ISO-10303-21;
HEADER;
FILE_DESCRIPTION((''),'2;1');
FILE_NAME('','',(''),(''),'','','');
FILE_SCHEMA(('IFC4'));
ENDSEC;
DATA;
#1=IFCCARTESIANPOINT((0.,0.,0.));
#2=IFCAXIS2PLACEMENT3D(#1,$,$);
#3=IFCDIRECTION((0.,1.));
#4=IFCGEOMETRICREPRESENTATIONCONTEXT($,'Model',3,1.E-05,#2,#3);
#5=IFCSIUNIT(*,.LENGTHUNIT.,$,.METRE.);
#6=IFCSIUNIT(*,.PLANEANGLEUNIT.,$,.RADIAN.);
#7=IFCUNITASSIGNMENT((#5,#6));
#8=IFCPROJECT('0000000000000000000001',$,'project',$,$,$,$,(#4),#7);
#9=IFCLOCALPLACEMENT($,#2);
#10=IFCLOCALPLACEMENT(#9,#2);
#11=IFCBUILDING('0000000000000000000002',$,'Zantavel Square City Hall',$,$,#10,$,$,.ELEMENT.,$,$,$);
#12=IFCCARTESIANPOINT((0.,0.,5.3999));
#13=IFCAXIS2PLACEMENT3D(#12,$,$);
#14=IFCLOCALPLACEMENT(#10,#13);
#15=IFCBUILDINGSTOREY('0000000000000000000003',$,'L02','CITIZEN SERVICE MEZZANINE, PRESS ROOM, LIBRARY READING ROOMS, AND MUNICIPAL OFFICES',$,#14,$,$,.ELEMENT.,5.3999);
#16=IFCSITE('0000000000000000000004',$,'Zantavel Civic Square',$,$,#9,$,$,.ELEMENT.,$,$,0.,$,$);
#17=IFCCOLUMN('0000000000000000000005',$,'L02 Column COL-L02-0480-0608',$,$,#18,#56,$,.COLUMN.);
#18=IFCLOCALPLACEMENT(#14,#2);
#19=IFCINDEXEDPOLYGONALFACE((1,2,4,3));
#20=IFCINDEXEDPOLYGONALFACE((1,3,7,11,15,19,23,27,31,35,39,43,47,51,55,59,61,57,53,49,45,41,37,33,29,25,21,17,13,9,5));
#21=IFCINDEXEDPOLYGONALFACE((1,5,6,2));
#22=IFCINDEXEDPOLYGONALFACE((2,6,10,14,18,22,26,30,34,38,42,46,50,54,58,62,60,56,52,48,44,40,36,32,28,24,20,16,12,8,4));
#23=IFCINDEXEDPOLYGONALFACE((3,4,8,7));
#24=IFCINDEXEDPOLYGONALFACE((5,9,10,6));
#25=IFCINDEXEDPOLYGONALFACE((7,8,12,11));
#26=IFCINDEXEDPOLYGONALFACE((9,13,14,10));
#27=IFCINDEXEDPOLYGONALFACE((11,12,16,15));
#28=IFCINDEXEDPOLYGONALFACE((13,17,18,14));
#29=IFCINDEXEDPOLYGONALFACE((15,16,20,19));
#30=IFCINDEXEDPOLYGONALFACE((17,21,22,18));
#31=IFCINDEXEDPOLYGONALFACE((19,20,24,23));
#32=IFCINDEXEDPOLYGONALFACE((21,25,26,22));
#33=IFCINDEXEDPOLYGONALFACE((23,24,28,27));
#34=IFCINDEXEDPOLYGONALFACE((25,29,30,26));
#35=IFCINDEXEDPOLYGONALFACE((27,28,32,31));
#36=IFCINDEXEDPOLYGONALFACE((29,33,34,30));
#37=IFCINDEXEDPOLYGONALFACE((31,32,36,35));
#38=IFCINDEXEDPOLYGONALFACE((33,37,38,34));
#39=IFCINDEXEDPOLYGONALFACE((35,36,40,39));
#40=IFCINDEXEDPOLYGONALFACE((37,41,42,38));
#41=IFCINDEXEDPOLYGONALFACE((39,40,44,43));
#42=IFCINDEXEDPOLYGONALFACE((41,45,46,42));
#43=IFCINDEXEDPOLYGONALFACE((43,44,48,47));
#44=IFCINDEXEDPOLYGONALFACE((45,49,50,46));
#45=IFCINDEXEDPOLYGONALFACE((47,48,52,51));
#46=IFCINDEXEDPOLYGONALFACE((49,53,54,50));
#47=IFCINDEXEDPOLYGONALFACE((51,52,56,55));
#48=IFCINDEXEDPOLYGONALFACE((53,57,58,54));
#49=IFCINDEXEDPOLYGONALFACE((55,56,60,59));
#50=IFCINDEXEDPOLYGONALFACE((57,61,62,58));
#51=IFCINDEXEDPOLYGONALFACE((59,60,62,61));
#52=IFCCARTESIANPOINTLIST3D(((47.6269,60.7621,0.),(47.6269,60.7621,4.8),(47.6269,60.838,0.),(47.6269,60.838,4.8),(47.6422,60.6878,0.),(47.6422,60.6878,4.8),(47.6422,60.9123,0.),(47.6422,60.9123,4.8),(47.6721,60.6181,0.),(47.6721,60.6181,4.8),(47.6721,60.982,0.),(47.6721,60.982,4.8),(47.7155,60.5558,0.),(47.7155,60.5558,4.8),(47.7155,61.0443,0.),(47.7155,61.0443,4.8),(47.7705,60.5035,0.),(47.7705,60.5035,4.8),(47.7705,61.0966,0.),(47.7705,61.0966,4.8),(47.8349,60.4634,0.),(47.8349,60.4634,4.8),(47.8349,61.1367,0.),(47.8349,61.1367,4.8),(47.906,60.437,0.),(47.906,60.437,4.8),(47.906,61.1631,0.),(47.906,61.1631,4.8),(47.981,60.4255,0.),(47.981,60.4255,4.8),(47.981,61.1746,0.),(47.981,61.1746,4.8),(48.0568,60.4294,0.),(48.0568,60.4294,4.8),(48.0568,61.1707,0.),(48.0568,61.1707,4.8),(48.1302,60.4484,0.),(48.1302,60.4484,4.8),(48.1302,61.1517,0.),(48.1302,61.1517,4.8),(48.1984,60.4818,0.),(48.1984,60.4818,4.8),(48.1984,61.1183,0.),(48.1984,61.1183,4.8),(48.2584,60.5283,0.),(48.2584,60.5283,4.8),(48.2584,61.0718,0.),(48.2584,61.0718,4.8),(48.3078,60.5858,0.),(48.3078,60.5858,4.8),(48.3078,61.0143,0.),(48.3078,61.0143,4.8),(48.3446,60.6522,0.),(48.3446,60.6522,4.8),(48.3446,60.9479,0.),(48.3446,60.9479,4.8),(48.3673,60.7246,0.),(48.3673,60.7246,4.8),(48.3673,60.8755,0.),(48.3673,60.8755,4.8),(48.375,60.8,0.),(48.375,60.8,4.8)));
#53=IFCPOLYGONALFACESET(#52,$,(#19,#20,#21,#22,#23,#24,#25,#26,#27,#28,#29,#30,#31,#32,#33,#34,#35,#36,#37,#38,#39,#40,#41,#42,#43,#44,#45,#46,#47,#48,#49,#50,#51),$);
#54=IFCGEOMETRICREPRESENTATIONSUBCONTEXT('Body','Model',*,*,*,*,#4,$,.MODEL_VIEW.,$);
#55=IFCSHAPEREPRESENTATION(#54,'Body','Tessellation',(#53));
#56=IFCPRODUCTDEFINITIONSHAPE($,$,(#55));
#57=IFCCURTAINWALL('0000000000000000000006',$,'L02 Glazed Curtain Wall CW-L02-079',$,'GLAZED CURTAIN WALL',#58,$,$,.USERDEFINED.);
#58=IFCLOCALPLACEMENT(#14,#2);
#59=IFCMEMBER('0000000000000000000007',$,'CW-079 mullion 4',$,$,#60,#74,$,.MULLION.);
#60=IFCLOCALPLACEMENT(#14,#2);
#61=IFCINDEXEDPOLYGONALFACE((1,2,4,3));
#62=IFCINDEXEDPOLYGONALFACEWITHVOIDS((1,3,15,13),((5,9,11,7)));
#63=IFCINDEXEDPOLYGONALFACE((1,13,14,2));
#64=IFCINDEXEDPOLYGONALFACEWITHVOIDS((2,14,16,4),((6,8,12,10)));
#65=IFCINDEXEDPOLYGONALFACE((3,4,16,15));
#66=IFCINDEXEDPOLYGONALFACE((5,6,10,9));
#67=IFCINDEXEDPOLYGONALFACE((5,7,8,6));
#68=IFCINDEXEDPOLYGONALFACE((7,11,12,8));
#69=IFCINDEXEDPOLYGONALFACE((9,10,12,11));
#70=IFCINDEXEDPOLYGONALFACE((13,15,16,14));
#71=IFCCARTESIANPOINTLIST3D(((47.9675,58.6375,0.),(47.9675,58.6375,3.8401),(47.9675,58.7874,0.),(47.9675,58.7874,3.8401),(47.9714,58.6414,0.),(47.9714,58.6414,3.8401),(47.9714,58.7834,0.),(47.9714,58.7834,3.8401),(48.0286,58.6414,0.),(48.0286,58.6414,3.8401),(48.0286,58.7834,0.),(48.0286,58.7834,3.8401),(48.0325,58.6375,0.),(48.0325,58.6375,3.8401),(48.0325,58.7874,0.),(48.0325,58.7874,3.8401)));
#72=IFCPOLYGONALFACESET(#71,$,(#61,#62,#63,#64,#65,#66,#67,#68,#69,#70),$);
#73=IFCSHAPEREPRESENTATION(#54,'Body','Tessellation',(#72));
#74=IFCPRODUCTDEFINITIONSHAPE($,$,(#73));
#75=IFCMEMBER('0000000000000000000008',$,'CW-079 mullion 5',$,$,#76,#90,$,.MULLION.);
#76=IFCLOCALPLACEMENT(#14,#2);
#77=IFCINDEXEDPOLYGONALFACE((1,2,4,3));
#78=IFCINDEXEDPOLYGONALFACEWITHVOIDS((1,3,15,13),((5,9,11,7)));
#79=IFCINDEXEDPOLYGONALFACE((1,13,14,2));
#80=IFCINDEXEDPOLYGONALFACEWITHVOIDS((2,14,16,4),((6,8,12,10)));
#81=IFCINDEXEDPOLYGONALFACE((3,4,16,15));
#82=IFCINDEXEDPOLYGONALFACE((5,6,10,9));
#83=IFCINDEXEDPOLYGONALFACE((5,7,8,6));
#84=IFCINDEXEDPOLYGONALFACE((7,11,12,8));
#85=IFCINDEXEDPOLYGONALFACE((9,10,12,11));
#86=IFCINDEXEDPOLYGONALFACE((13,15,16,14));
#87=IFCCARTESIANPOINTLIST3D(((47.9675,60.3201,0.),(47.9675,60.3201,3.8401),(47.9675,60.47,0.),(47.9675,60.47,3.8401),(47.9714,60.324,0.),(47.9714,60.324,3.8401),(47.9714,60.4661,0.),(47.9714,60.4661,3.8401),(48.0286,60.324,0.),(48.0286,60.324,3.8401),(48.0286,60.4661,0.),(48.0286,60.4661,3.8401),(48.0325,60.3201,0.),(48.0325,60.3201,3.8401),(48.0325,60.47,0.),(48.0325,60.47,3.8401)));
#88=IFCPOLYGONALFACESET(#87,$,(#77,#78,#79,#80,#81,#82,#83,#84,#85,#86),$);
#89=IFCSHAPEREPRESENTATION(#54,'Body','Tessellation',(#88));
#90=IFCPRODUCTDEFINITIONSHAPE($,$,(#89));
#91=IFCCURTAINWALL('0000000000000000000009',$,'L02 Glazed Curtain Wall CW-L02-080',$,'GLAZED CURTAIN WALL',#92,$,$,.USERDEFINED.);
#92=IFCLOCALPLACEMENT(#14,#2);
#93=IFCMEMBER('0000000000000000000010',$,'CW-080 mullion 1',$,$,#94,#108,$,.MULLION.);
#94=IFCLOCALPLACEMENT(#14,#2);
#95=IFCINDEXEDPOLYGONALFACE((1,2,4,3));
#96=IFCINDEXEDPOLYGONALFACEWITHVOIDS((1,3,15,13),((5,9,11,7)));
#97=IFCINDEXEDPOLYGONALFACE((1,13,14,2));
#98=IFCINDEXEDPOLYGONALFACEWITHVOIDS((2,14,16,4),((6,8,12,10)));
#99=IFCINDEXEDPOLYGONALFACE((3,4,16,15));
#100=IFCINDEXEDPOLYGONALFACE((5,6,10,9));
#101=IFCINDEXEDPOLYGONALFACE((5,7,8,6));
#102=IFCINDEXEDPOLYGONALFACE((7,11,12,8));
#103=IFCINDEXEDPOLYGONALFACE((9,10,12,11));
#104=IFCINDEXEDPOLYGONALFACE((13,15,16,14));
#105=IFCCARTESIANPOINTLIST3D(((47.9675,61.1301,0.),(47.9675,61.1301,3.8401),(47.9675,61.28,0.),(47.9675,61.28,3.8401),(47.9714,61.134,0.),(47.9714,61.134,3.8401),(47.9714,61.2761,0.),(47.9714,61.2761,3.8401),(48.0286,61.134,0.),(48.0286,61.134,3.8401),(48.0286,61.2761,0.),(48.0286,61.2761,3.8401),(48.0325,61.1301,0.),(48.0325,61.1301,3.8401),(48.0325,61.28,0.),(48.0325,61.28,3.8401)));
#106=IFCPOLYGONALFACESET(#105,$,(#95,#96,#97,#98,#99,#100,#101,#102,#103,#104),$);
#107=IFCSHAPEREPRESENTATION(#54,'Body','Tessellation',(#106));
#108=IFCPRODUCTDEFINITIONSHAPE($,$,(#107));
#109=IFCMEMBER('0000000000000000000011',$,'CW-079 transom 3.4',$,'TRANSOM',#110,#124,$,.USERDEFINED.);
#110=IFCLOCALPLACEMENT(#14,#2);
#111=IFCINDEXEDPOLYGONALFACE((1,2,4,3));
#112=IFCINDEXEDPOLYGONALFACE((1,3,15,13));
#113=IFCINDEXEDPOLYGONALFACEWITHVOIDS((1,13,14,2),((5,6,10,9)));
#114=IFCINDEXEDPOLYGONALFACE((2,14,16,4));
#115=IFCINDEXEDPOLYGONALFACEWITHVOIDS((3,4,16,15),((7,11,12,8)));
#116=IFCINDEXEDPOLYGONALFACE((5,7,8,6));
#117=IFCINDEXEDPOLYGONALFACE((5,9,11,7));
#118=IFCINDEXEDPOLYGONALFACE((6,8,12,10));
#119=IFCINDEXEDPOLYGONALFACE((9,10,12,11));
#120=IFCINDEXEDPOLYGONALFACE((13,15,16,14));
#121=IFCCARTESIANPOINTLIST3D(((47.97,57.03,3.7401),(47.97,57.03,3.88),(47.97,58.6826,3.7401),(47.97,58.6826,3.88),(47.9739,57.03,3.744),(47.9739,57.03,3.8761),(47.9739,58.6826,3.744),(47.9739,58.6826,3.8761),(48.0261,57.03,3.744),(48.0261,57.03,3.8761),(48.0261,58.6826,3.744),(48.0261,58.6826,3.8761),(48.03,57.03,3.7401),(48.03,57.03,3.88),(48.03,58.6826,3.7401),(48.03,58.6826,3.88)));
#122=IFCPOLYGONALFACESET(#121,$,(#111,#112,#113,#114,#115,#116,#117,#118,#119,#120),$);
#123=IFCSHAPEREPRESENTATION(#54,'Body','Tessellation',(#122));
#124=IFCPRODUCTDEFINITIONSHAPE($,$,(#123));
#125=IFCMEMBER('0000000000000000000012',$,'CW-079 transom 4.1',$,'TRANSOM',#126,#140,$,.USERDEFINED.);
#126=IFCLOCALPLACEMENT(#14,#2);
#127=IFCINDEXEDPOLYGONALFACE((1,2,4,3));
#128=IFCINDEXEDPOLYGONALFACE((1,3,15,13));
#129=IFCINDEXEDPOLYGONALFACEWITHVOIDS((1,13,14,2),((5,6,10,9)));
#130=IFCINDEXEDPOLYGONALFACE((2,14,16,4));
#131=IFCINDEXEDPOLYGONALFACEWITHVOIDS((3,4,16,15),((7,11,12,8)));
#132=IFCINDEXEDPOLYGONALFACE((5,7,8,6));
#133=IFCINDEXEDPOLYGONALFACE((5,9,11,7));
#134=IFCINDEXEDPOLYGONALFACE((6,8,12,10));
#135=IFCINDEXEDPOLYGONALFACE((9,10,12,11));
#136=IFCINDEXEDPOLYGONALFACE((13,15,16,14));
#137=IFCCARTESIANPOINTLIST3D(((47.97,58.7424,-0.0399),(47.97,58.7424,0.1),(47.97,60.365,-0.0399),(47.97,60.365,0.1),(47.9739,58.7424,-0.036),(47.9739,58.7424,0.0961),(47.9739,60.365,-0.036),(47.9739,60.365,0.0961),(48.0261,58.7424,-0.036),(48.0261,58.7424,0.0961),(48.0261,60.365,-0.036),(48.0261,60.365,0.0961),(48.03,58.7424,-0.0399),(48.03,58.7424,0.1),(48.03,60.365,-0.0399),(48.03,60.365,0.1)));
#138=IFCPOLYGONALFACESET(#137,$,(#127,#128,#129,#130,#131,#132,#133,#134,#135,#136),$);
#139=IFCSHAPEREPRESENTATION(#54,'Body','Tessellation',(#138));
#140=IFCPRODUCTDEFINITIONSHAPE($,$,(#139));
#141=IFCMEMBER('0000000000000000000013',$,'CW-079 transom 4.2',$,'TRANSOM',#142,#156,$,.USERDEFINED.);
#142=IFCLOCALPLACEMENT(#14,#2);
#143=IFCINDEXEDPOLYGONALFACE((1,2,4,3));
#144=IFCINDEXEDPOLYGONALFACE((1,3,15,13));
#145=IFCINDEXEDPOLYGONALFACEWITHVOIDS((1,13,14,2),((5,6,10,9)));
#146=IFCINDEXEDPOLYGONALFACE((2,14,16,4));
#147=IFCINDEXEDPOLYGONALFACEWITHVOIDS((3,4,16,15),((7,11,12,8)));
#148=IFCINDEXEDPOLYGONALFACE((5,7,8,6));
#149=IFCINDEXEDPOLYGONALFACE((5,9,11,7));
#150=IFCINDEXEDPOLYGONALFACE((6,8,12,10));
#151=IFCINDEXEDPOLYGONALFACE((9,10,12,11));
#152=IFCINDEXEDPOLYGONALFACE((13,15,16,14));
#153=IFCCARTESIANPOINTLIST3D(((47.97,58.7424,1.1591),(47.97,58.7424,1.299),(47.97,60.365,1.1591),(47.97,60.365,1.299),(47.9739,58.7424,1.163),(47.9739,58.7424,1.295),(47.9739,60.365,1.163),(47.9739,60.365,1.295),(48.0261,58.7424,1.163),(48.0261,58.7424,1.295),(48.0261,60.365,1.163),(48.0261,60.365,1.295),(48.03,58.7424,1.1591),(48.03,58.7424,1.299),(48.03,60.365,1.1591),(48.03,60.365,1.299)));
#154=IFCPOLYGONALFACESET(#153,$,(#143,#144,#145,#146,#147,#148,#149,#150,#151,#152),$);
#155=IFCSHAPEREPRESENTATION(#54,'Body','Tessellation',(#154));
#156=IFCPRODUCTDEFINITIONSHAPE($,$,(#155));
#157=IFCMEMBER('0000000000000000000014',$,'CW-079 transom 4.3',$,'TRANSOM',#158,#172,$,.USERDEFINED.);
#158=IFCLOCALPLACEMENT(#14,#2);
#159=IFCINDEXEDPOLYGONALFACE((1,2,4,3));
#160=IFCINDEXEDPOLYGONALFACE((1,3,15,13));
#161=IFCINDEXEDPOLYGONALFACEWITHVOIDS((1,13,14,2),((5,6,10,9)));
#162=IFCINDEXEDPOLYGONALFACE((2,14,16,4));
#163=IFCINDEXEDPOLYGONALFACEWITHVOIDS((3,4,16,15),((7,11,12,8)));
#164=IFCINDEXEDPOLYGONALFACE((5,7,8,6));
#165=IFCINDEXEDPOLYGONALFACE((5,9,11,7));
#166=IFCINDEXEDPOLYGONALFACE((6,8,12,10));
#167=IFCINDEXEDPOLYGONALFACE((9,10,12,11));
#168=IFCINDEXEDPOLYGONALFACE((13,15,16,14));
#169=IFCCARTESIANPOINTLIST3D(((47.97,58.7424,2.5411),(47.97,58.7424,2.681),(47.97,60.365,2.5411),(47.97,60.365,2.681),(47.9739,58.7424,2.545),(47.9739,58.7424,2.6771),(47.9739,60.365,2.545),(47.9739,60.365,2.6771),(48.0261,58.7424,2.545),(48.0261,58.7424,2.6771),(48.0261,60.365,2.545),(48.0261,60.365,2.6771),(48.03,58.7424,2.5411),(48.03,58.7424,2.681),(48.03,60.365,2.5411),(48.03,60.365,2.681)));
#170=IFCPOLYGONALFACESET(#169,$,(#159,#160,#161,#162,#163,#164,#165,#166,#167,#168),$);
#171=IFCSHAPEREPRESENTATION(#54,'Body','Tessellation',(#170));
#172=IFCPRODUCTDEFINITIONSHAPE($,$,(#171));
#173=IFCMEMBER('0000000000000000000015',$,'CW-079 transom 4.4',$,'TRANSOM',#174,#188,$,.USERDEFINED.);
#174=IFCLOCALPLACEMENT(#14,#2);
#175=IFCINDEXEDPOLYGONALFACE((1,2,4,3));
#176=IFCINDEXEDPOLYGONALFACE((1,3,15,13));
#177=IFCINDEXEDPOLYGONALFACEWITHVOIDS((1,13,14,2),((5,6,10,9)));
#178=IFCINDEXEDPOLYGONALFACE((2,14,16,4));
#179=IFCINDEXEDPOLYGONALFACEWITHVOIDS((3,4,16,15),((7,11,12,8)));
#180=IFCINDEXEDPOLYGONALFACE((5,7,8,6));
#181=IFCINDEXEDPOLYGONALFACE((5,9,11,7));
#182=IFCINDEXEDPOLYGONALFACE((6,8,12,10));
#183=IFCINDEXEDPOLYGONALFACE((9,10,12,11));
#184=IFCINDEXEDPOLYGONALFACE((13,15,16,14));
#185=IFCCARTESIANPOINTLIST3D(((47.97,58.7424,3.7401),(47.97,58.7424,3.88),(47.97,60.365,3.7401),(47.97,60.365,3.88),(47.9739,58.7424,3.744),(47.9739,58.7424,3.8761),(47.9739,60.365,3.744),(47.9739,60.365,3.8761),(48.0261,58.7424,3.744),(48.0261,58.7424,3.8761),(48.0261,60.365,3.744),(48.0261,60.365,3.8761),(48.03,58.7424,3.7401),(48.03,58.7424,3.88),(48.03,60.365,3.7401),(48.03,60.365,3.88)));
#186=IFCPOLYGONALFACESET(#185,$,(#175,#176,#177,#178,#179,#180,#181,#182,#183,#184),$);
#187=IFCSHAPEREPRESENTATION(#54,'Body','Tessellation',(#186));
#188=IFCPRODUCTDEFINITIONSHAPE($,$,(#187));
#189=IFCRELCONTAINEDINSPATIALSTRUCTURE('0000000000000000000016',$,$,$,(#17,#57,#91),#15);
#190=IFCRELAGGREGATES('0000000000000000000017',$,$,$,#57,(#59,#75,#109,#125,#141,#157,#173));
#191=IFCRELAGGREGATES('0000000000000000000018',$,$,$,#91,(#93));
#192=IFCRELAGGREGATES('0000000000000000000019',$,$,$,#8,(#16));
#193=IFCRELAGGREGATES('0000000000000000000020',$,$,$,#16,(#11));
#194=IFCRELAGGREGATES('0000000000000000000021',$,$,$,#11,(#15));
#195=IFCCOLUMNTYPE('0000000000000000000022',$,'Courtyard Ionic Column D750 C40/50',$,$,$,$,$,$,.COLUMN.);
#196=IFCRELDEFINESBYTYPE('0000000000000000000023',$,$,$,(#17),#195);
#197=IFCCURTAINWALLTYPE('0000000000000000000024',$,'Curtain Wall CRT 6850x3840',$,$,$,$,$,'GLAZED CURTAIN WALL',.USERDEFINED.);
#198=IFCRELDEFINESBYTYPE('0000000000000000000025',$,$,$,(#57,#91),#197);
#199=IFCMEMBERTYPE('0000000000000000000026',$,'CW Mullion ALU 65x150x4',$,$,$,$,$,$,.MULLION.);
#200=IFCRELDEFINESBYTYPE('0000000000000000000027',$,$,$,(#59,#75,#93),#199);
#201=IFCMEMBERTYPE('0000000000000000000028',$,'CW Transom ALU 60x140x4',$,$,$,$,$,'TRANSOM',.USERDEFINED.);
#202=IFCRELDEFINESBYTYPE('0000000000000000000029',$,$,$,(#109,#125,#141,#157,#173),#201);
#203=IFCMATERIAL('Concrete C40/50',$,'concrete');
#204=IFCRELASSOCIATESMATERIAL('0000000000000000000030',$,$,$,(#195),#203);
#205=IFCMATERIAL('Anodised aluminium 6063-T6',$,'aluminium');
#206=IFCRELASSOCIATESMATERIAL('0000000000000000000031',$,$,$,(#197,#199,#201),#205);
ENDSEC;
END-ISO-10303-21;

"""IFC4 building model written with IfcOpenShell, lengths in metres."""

from ifc_helpers import new_model, si_unit, direction, frame, origin, origin_2d, place, context, subcontext, project, spatial, hollow_rectangle, circle, extrude, material, material_profile, profile_set, type_object, element, aggregate, save


model = new_model("IFC4")

# Units and contexts
model_context = context("Model", 3, precision=1e-05, world=origin(), true_north=direction((0.0, 1.0)))
body_context = subcontext(model_context, "Body", "Model", "MODEL_VIEW")
ifc_project = project(units=[si_unit("LENGTHUNIT", "METRE"), si_unit("PLANEANGLEUNIT", "RADIAN")], contexts=[model_context])

# Site, building, storey
site_placement = place(None, origin())
site = spatial("IfcSite", under=ifc_project, at=site_placement, Name="Zantavel Civic Square", CompositionType="ELEMENT", RefElevation=0.0)
building_placement = place(site_placement, origin())
building = spatial("IfcBuilding", under=site, at=building_placement, Name="Zantavel Square City Hall", CompositionType="ELEMENT")
storey_placement = place(building_placement, frame((0.0, 0.0, 5.3999)))
storey = spatial("IfcBuildingStorey", under=building, at=storey_placement, Name="L02", Description="CITIZEN SERVICE MEZZANINE, PRESS ROOM, LIBRARY READING ROOMS, AND MUNICIPAL OFFICES", CompositionType="ELEMENT", Elevation=5.3999)

# Column
ifc_material_1 = material(Name="Concrete C40/50", Category="concrete")
ifc_material_profile_1 = material_profile(ifc_material_1, circle(Radius=0.375, at=origin_2d()), Name="ROUND D750")
ifc_profile_set_1 = profile_set([ifc_material_profile_1], Name="Concrete C40/50")
column_type = type_object("IfcColumnType", Name="Courtyard Ionic Column D750 C40/50", PredefinedType="COLUMN", material=ifc_profile_set_1)
column_placement = place(storey_placement, frame((48.0, 60.8, 0.0), z_axis=(0.0, 0.0, 1.0), x_axis=(1.0, 0.0, 0.0)))
element("IfcColumn", 1, at=column_placement, inside=storey, type_object=column_type, Name="L02 Column COL-L02-0480-0608", PredefinedType="COLUMN", context=body_context, shape_type="SweptSolid", body=[
    extrude(circle(Radius=0.375, at=origin_2d()), origin(), (0.0, 0.0, 1.0), 4.8),
])

# Curtain wall, members
ifc_material_2 = material(Name="Anodised aluminium 6063-T6", Category="aluminium")
curtain_wall_type = type_object("IfcCurtainWallType", Name="Curtain Wall CRT 6850x3840", ElementType="GLAZED CURTAIN WALL", PredefinedType="USERDEFINED", material=ifc_material_2)
curtain_wall_1_placement = place(storey_placement, origin())
curtain_wall_1 = element("IfcCurtainWall", 2, at=curtain_wall_1_placement, inside=storey, type_object=curtain_wall_type, Name="L02 Glazed Curtain Wall CW-L02-079", ObjectType="GLAZED CURTAIN WALL", PredefinedType="USERDEFINED")
ifc_material_profile_2 = material_profile(ifc_material_2, hollow_rectangle(XDim=0.0649, YDim=0.1499, WallThickness=0.0039, at=origin_2d()), Name="ALU 65x150x4")
ifc_profile_set_2 = profile_set([ifc_material_profile_2], Name="Anodised aluminium 6063-T6")
member_type_1 = type_object("IfcMemberType", Name="CW Mullion ALU 65x150x4", PredefinedType="MULLION", material=ifc_profile_set_2)
member_1_placement = place(storey_placement, frame((48.0, 58.7124, 0.0), z_axis=(0.0, 0.0, 1.0), x_axis=(-1.0, 0.0, 0.0)))
member_1 = element("IfcMember", 3, at=member_1_placement, type_object=member_type_1, Name="CW-079 mullion 4", PredefinedType="MULLION", context=body_context, shape_type="SweptSolid", body=[
    extrude(hollow_rectangle(XDim=0.0649, YDim=0.1499, WallThickness=0.0039, at=origin_2d()), origin(), (0.0, 0.0, 1.0), 3.8401),
])
member_2_placement = place(storey_placement, frame((48.0, 60.395, 0.0), z_axis=(0.0, 0.0, 1.0), x_axis=(-1.0, 0.0, 0.0)))
member_2 = element("IfcMember", 4, at=member_2_placement, type_object=member_type_1, Name="CW-079 mullion 5", PredefinedType="MULLION", context=body_context, shape_type="SweptSolid", body=[
    extrude(hollow_rectangle(XDim=0.0649, YDim=0.1499, WallThickness=0.0039, at=origin_2d()), origin(), (0.0, 0.0, 1.0), 3.8401),
])

# Curtain wall, member
curtain_wall_2_placement = place(storey_placement, origin())
curtain_wall_2 = element("IfcCurtainWall", 5, at=curtain_wall_2_placement, inside=storey, type_object=curtain_wall_type, Name="L02 Glazed Curtain Wall CW-L02-080", ObjectType="GLAZED CURTAIN WALL", PredefinedType="USERDEFINED")
member_3_placement = place(storey_placement, frame((48.0, 61.2051, 0.0), z_axis=(0.0, 0.0, 1.0), x_axis=(-1.0, 0.0, 0.0)))
member_3 = element("IfcMember", 6, at=member_3_placement, type_object=member_type_1, Name="CW-080 mullion 1", PredefinedType="MULLION", context=body_context, shape_type="SweptSolid", body=[
    extrude(hollow_rectangle(XDim=0.0649, YDim=0.1499, WallThickness=0.0039, at=origin_2d()), origin(), (0.0, 0.0, 1.0), 3.8401),
])

# Members
ifc_material_profile_3 = material_profile(ifc_material_2, hollow_rectangle(XDim=0.0601, YDim=0.1399, WallThickness=0.0039, at=origin_2d()), Name="ALU 60x140x4")
ifc_profile_set_3 = profile_set([ifc_material_profile_3], Name="Anodised aluminium 6063-T6")
member_type_2 = type_object("IfcMemberType", Name="CW Transom ALU 60x140x4", ElementType="TRANSOM", PredefinedType="USERDEFINED", material=ifc_profile_set_3)
member_4_placement = place(storey_placement, frame((48.0, 57.03, 3.8101), z_axis=(0.0, 1.0, 0.0), x_axis=(-1.0, 0.0, 0.0)))
member_4 = element("IfcMember", 7, at=member_4_placement, type_object=member_type_2, Name="CW-079 transom 3.4", ObjectType="TRANSOM", PredefinedType="USERDEFINED", context=body_context, shape_type="SweptSolid", body=[
    extrude(hollow_rectangle(XDim=0.0601, YDim=0.1399, WallThickness=0.0039, at=origin_2d()), origin(), (0.0, 0.0, 1.0), 1.6526),
])
member_5_placement = place(storey_placement, frame((48.0, 58.7424, 0.03), z_axis=(0.0, 1.0, 0.0), x_axis=(-1.0, 0.0, 0.0)))
member_5 = element("IfcMember", 8, at=member_5_placement, type_object=member_type_2, Name="CW-079 transom 4.1", ObjectType="TRANSOM", PredefinedType="USERDEFINED", context=body_context, shape_type="SweptSolid", body=[
    extrude(hollow_rectangle(XDim=0.0601, YDim=0.1399, WallThickness=0.0039, at=origin_2d()), origin(), (0.0, 0.0, 1.0), 1.6226),
])
member_6_placement = place(storey_placement, frame((48.0, 58.7424, 1.229), z_axis=(0.0, 1.0, 0.0), x_axis=(-1.0, 0.0, 0.0)))
member_6 = element("IfcMember", 9, at=member_6_placement, type_object=member_type_2, Name="CW-079 transom 4.2", ObjectType="TRANSOM", PredefinedType="USERDEFINED", context=body_context, shape_type="SweptSolid", body=[
    extrude(hollow_rectangle(XDim=0.0601, YDim=0.1399, WallThickness=0.0039, at=origin_2d()), origin(), (0.0, 0.0, 1.0), 1.6226),
])
member_7_placement = place(storey_placement, frame((48.0, 58.7424, 2.6111), z_axis=(0.0, 1.0, 0.0), x_axis=(-1.0, 0.0, 0.0)))
member_7 = element("IfcMember", 10, at=member_7_placement, type_object=member_type_2, Name="CW-079 transom 4.3", ObjectType="TRANSOM", PredefinedType="USERDEFINED", context=body_context, shape_type="SweptSolid", body=[
    extrude(hollow_rectangle(XDim=0.0601, YDim=0.1399, WallThickness=0.0039, at=origin_2d()), origin(), (0.0, 0.0, 1.0), 1.6226),
])
member_8_placement = place(storey_placement, frame((48.0, 58.7424, 3.8101), z_axis=(0.0, 1.0, 0.0), x_axis=(-1.0, 0.0, 0.0)))
member_8 = element("IfcMember", 11, at=member_8_placement, type_object=member_type_2, Name="CW-079 transom 4.4", ObjectType="TRANSOM", PredefinedType="USERDEFINED", context=body_context, shape_type="SweptSolid", body=[
    extrude(hollow_rectangle(XDim=0.0601, YDim=0.1399, WallThickness=0.0039, at=origin_2d()), origin(), (0.0, 0.0, 1.0), 1.6226),
])

aggregate(curtain_wall_1, [member_1, member_2, member_4, member_5, member_6, member_7, member_8])
aggregate(curtain_wall_2, [member_3])

save(model, "model.ifc")
